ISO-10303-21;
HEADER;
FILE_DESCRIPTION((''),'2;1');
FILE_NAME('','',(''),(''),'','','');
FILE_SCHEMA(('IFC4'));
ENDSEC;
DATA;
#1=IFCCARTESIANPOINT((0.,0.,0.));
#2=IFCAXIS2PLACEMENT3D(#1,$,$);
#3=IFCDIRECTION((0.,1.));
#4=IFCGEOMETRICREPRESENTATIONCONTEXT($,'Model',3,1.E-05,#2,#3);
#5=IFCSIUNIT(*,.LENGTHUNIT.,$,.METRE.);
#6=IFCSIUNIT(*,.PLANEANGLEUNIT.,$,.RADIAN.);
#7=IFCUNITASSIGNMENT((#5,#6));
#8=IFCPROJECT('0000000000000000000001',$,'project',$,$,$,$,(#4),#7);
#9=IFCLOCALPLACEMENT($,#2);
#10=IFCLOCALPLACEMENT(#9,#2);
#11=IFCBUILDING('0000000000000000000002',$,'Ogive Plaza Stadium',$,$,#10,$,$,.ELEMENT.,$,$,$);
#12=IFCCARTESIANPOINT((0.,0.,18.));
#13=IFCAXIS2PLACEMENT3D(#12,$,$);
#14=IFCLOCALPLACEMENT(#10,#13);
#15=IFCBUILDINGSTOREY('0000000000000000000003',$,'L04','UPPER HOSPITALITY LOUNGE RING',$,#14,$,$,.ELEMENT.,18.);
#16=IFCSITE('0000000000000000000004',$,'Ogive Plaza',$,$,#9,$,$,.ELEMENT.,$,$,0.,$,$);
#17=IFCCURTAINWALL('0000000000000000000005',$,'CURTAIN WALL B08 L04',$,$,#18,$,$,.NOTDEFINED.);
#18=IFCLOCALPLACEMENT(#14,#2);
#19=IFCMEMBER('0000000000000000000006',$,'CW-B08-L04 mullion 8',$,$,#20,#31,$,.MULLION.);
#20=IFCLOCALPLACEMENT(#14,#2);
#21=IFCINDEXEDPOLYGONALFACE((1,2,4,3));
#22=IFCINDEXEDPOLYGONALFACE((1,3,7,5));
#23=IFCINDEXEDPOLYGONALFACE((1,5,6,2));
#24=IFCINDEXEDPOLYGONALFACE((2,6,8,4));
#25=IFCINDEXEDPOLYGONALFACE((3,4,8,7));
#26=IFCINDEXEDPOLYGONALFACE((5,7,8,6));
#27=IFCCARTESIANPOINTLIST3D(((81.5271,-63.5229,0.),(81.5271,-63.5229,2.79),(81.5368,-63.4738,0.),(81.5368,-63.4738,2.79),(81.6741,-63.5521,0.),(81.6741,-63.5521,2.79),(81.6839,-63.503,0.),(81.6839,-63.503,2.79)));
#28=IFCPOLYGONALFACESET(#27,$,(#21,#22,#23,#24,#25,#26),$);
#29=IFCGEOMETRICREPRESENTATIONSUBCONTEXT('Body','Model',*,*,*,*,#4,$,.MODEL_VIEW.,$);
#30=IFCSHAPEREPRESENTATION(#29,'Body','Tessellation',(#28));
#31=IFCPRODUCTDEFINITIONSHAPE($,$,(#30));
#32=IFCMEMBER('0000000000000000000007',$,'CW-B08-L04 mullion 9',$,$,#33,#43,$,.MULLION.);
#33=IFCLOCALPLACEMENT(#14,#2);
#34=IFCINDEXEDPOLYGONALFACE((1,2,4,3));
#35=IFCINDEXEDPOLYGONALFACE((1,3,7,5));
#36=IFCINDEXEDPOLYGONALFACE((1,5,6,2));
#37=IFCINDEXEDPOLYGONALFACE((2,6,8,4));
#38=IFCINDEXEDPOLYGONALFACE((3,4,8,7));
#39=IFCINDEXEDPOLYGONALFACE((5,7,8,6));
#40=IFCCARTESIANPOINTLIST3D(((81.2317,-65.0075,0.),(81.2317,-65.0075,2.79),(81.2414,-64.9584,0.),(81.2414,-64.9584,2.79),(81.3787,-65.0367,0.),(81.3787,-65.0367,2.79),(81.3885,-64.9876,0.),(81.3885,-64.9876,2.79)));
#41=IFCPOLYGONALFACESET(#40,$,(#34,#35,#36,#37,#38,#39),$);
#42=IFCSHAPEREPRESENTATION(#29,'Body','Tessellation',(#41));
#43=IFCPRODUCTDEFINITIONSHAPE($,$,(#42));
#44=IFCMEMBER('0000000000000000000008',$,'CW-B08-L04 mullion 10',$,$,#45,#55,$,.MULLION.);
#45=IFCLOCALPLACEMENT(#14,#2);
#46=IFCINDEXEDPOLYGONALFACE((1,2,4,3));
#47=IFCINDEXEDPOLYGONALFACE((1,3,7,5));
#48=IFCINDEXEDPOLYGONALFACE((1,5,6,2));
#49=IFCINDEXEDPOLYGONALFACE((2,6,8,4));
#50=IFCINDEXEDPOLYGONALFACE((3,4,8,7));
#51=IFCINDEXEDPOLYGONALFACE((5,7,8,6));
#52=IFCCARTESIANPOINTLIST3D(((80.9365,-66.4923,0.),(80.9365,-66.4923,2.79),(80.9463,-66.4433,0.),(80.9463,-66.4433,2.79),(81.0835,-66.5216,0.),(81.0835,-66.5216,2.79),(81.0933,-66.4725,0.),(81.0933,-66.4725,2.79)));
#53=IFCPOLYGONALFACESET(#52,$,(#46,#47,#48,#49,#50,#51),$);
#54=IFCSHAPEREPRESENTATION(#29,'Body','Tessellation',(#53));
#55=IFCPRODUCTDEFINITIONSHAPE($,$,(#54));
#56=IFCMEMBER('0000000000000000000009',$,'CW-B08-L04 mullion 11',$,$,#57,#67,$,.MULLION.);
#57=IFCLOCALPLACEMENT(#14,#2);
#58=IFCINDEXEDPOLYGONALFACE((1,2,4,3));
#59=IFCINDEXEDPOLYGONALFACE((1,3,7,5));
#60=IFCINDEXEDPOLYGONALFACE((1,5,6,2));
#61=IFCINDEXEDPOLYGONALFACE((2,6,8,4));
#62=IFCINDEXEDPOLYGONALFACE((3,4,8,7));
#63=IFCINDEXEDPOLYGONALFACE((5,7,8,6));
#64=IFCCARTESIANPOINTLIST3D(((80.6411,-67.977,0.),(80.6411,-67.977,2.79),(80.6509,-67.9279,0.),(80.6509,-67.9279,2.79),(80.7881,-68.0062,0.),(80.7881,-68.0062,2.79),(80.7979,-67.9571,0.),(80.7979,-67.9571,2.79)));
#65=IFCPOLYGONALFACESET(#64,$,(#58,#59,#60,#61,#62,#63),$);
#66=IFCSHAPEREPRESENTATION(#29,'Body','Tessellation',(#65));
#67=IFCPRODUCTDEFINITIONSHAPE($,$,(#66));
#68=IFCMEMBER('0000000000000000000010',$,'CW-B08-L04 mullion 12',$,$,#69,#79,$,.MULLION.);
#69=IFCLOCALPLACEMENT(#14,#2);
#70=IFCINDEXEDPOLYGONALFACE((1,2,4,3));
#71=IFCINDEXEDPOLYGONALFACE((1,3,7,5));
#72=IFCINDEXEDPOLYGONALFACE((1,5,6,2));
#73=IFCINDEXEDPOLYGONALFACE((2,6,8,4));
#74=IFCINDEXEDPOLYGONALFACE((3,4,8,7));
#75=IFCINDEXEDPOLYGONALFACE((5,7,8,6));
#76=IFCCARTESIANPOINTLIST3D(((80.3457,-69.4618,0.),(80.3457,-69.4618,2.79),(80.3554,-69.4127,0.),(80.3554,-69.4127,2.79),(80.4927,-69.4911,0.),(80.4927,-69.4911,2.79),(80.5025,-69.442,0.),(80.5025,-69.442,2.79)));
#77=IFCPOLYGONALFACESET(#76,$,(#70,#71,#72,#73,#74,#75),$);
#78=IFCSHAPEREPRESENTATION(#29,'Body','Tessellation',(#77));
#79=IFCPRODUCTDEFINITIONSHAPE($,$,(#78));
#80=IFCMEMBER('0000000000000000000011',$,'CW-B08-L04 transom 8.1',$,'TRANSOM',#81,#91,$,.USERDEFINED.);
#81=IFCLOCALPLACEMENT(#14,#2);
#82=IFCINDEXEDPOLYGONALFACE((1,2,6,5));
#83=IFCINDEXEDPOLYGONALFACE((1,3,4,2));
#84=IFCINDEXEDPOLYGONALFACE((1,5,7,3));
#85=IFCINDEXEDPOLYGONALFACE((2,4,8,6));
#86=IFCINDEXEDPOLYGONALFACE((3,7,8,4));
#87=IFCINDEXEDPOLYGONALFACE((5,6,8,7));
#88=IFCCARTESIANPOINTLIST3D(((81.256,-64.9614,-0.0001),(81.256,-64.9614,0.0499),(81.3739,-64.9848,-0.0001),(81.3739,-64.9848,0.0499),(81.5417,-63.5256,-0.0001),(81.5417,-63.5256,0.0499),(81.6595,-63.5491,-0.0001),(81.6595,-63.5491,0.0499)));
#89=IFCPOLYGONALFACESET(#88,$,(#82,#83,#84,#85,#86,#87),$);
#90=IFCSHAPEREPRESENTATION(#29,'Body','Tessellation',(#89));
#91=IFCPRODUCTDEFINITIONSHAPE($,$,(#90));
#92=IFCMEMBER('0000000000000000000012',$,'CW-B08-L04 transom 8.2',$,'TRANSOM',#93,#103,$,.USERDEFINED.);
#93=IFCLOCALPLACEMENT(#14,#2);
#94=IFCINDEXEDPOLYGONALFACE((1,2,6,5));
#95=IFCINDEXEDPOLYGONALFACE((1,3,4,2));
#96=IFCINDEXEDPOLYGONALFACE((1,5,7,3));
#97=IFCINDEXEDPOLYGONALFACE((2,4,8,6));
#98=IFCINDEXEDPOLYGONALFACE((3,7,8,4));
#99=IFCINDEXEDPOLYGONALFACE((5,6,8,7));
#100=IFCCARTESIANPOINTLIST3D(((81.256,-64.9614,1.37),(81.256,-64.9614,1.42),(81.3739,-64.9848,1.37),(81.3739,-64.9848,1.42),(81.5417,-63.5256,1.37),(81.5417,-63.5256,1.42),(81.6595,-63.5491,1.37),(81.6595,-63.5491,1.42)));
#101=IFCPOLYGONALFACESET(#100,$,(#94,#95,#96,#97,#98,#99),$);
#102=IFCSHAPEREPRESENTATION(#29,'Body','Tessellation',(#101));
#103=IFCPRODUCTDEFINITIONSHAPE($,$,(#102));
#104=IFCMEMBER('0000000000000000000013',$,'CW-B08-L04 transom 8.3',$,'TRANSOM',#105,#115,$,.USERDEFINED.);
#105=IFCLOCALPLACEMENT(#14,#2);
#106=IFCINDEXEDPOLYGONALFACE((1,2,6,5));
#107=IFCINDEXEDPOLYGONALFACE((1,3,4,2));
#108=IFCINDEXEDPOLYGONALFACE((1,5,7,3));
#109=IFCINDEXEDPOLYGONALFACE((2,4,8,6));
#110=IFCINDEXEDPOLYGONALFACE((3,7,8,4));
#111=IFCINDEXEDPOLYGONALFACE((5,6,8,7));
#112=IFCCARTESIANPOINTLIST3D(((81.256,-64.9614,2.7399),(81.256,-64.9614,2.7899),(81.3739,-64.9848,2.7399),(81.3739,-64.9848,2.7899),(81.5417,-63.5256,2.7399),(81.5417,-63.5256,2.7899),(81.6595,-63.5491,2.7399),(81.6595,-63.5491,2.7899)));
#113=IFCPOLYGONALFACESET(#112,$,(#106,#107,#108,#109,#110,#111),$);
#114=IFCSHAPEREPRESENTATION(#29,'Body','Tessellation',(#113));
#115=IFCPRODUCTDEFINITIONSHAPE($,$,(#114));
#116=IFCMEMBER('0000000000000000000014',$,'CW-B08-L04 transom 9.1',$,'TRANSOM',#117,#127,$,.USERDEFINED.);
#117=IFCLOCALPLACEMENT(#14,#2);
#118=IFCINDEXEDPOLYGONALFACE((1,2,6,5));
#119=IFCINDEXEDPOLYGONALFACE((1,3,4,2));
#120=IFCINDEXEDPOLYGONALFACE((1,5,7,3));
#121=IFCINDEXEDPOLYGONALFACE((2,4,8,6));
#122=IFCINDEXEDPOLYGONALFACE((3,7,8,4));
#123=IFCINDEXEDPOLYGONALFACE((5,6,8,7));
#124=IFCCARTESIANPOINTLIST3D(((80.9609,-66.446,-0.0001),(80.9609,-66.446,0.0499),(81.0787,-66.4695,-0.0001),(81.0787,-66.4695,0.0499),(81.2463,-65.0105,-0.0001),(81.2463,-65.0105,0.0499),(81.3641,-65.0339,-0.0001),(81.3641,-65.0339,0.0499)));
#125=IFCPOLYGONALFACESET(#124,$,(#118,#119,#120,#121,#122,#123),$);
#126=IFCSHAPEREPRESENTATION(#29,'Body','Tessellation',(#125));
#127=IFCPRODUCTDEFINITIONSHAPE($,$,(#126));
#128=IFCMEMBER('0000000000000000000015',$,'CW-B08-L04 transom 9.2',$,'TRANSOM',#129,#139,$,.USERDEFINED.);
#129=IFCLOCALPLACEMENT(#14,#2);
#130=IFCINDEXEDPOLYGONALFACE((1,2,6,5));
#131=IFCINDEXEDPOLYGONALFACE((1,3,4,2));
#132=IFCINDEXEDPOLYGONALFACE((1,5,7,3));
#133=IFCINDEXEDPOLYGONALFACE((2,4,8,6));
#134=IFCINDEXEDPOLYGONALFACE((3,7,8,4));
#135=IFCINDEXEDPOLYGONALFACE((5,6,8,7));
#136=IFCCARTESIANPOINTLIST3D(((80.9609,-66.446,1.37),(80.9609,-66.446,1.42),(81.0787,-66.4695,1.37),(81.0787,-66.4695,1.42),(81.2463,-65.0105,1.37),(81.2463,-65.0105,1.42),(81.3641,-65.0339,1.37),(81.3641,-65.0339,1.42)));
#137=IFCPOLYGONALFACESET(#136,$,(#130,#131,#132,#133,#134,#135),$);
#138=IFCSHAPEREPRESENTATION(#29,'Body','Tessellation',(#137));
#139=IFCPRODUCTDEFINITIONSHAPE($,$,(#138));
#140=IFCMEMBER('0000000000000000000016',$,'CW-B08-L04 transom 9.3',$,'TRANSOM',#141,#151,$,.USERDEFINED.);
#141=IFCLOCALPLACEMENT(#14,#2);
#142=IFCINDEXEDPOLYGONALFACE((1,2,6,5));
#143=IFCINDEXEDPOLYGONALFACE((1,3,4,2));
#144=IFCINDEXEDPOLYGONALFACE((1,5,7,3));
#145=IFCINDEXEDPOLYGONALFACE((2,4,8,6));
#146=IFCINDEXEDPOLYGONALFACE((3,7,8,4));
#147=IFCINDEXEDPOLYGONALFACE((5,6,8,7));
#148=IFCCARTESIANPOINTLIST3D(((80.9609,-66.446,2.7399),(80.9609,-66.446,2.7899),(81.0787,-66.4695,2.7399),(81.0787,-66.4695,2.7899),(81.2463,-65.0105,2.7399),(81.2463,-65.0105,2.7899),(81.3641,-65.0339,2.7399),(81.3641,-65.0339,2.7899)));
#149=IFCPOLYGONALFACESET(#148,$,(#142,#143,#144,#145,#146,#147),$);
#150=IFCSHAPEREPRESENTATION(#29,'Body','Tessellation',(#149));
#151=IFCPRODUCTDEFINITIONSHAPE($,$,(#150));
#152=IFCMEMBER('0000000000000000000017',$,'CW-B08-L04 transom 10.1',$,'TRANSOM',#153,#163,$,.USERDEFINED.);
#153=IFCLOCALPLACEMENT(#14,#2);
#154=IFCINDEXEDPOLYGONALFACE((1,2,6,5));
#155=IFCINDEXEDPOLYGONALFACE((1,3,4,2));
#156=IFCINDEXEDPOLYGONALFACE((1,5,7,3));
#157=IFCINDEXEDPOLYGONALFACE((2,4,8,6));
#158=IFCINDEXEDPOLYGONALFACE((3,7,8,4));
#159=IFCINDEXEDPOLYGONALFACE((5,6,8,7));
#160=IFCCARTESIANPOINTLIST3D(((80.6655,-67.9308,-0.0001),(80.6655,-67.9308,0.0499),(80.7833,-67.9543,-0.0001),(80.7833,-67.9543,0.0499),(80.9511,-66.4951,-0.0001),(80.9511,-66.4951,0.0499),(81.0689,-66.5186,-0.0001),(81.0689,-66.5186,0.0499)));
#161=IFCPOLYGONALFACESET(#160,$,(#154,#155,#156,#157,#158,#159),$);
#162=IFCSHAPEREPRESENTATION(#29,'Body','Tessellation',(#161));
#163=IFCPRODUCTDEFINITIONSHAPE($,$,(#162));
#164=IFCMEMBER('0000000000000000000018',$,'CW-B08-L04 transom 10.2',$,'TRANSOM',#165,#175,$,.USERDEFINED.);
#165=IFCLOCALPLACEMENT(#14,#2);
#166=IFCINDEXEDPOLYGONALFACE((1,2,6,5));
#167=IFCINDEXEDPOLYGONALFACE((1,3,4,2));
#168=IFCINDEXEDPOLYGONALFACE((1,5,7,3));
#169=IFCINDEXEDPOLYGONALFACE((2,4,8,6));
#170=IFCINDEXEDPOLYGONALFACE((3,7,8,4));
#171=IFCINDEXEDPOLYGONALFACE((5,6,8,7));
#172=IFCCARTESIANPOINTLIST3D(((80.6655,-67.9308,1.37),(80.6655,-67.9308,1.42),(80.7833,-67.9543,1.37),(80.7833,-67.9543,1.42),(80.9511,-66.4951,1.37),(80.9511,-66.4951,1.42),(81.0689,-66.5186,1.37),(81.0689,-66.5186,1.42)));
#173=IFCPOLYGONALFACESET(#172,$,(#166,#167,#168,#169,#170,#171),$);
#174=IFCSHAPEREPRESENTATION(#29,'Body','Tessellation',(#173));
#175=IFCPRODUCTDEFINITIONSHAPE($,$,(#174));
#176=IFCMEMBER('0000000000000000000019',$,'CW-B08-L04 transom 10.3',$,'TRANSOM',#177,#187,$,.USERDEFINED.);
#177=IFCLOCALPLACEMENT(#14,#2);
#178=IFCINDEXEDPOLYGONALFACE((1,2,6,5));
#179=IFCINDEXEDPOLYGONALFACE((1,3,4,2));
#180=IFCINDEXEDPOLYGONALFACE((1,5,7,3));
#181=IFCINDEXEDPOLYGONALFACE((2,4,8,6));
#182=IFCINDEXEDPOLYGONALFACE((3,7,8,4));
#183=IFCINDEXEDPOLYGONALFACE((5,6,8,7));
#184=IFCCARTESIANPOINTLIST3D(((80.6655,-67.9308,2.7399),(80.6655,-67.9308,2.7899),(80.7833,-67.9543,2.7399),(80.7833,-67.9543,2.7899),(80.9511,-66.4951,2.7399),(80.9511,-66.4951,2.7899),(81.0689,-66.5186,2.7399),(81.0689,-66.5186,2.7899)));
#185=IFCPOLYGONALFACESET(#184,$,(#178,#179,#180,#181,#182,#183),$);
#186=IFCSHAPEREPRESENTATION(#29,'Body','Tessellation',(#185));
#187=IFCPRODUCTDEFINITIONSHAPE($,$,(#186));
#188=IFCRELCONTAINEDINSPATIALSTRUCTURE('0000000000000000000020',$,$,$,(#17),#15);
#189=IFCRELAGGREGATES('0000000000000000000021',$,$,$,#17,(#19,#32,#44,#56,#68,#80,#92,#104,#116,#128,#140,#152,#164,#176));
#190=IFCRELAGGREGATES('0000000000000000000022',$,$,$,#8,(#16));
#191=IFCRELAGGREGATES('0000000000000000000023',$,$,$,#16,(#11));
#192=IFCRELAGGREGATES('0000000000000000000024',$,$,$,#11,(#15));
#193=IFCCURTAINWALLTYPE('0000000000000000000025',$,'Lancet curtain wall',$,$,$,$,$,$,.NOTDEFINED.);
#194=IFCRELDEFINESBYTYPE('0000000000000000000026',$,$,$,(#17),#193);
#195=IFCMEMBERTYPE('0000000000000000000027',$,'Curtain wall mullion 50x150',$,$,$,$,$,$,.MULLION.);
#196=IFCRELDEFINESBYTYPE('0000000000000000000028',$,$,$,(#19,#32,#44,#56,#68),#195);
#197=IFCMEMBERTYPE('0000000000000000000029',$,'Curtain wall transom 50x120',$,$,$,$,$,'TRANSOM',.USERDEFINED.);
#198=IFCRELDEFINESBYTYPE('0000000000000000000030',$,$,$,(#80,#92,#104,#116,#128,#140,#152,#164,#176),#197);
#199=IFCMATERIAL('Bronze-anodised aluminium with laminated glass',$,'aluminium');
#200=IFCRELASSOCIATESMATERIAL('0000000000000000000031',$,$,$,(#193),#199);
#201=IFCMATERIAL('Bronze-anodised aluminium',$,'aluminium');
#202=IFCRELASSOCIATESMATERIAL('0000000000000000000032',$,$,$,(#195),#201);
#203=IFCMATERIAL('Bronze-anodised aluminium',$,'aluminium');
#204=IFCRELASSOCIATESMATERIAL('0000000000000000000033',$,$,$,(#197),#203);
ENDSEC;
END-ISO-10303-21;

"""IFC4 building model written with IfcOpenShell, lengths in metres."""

from ifc_helpers import new_model, si_unit, direction, frame, origin, origin_2d, place, context, subcontext, project, spatial, rectangle, extrude, material, material_profile, profile_set, type_object, element, aggregate, save


model = new_model("IFC4")

# Units and contexts
model_context = context("Model", 3, precision=1e-05, world=origin(), true_north=direction((0.0, 1.0)))
body_context = subcontext(model_context, "Body", "Model", "MODEL_VIEW")
ifc_project = project(units=[si_unit("LENGTHUNIT", "METRE"), si_unit("PLANEANGLEUNIT", "RADIAN")], contexts=[model_context])

# Site, building, storey
site_placement = place(None, origin())
site = spatial("IfcSite", under=ifc_project, at=site_placement, Name="Ogive Plaza", CompositionType="ELEMENT", RefElevation=0.0)
building_placement = place(site_placement, origin())
building = spatial("IfcBuilding", under=site, at=building_placement, Name="Ogive Plaza Stadium", CompositionType="ELEMENT")
storey_placement = place(building_placement, frame((0.0, 0.0, 18.0)))
storey = spatial("IfcBuildingStorey", under=building, at=storey_placement, Name="L04", Description="UPPER HOSPITALITY LOUNGE RING", CompositionType="ELEMENT", Elevation=18.0)

# Curtain wall, members
ifc_material_1 = material(Name="Bronze-anodised aluminium with laminated glass", Category="aluminium")
curtain_wall_type = type_object("IfcCurtainWallType", Name="Lancet curtain wall", PredefinedType="NOTDEFINED", material=ifc_material_1)
curtain_wall_placement = place(storey_placement, origin())
curtain_wall = element("IfcCurtainWall", 1, at=curtain_wall_placement, inside=storey, type_object=curtain_wall_type, Name="CURTAIN WALL B08 L04", PredefinedType="NOTDEFINED")
ifc_material_2 = material(Name="Bronze-anodised aluminium", Category="aluminium")
ifc_material_profile_1 = material_profile(ifc_material_2, rectangle(XDim=0.1499, YDim=0.05, at=origin_2d()), Name="AL 150x50")
ifc_profile_set_1 = profile_set([ifc_material_profile_1], Name="Bronze-anodised aluminium")
member_type_1 = type_object("IfcMemberType", Name="Curtain wall mullion 50x150", PredefinedType="MULLION", material=ifc_profile_set_1)
member_1_placement = place(storey_placement, frame((81.6055, -63.5129, 0.0), z_axis=(0.0, 0.0, 1.0), x_axis=(0.980785, -0.19509, 0.0)))
member_1 = element("IfcMember", 2, at=member_1_placement, type_object=member_type_1, Name="CW-B08-L04 mullion 8", PredefinedType="MULLION", context=body_context, shape_type="SweptSolid", body=[
    extrude(rectangle(XDim=0.1499, YDim=0.05, at=origin_2d()), origin(), (0.0, 0.0, 1.0), 2.79),
])
member_2_placement = place(storey_placement, frame((81.3101, -64.9976, 0.0), z_axis=(0.0, 0.0, 1.0), x_axis=(0.980785, -0.19509, 0.0)))
member_2 = element("IfcMember", 3, at=member_2_placement, type_object=member_type_1, Name="CW-B08-L04 mullion 9", PredefinedType="MULLION", context=body_context, shape_type="SweptSolid", body=[
    extrude(rectangle(XDim=0.1499, YDim=0.05, at=origin_2d()), origin(), (0.0, 0.0, 1.0), 2.79),
])
member_3_placement = place(storey_placement, frame((81.0149, -66.4824, 0.0), z_axis=(0.0, 0.0, 1.0), x_axis=(0.980785, -0.19509, 0.0)))
member_3 = element("IfcMember", 4, at=member_3_placement, type_object=member_type_1, Name="CW-B08-L04 mullion 10", PredefinedType="MULLION", context=body_context, shape_type="SweptSolid", body=[
    extrude(rectangle(XDim=0.1499, YDim=0.05, at=origin_2d()), origin(), (0.0, 0.0, 1.0), 2.79),
])
member_4_placement = place(storey_placement, frame((80.7195, -67.967, 0.0), z_axis=(0.0, 0.0, 1.0), x_axis=(0.980785, -0.19509, 0.0)))
member_4 = element("IfcMember", 5, at=member_4_placement, type_object=member_type_1, Name="CW-B08-L04 mullion 11", PredefinedType="MULLION", context=body_context, shape_type="SweptSolid", body=[
    extrude(rectangle(XDim=0.1499, YDim=0.05, at=origin_2d()), origin(), (0.0, 0.0, 1.0), 2.79),
])
member_5_placement = place(storey_placement, frame((80.4241, -69.4519, 0.0), z_axis=(0.0, 0.0, 1.0), x_axis=(0.980785, -0.19509, 0.0)))
member_5 = element("IfcMember", 6, at=member_5_placement, type_object=member_type_1, Name="CW-B08-L04 mullion 12", PredefinedType="MULLION", context=body_context, shape_type="SweptSolid", body=[
    extrude(rectangle(XDim=0.1499, YDim=0.05, at=origin_2d()), origin(), (0.0, 0.0, 1.0), 2.79),
])
ifc_material_3 = material(Name="Bronze-anodised aluminium", Category="aluminium")
ifc_material_profile_2 = material_profile(ifc_material_3, rectangle(XDim=0.1201, YDim=0.05, at=origin_2d()), Name="AL 120x50")
ifc_profile_set_2 = profile_set([ifc_material_profile_2], Name="Bronze-anodised aluminium")
member_type_2 = type_object("IfcMemberType", Name="Curtain wall transom 50x120", ElementType="TRANSOM", PredefinedType="USERDEFINED", material=ifc_profile_set_2)
member_6_placement = place(storey_placement, frame((81.6006, -63.5374, 0.0249), z_axis=(-0.195122, -0.980779, 0.0), x_axis=(0.980779, -0.195122, 0.0)))
member_6 = element("IfcMember", 7, at=member_6_placement, type_object=member_type_2, Name="CW-B08-L04 transom 8.1", ObjectType="TRANSOM", PredefinedType="USERDEFINED", context=body_context, shape_type="SweptSolid", body=[
    extrude(rectangle(XDim=0.1201, YDim=0.05, at=origin_2d()), origin(), (0.0, 0.0, 1.0), 1.4639),
])
member_7_placement = place(storey_placement, frame((81.6006, -63.5374, 1.395), z_axis=(-0.195122, -0.980779, 0.0), x_axis=(0.980779, -0.195122, 0.0)))
member_7 = element("IfcMember", 8, at=member_7_placement, type_object=member_type_2, Name="CW-B08-L04 transom 8.2", ObjectType="TRANSOM", PredefinedType="USERDEFINED", context=body_context, shape_type="SweptSolid", body=[
    extrude(rectangle(XDim=0.1201, YDim=0.05, at=origin_2d()), origin(), (0.0, 0.0, 1.0), 1.4639),
])
member_8_placement = place(storey_placement, frame((81.6006, -63.5374, 2.7649), z_axis=(-0.195122, -0.980779, 0.0), x_axis=(0.980779, -0.195122, 0.0)))
member_8 = element("IfcMember", 9, at=member_8_placement, type_object=member_type_2, Name="CW-B08-L04 transom 8.3", ObjectType="TRANSOM", PredefinedType="USERDEFINED", context=body_context, shape_type="SweptSolid", body=[
    extrude(rectangle(XDim=0.1201, YDim=0.05, at=origin_2d()), origin(), (0.0, 0.0, 1.0), 1.4639),
])
member_9_placement = place(storey_placement, frame((81.3052, -65.0222, 0.0249), z_axis=(-0.194993, -0.980805, 0.0), x_axis=(0.980805, -0.194993, 0.0)))
member_9 = element("IfcMember", 10, at=member_9_placement, type_object=member_type_2, Name="CW-B08-L04 transom 9.1", ObjectType="TRANSOM", PredefinedType="USERDEFINED", context=body_context, shape_type="SweptSolid", body=[
    extrude(rectangle(XDim=0.1201, YDim=0.05, at=origin_2d()), origin(), (0.0, 0.0, 1.0), 1.4636),
])
member_10_placement = place(storey_placement, frame((81.3052, -65.0222, 1.395), z_axis=(-0.194993, -0.980805, 0.0), x_axis=(0.980805, -0.194993, 0.0)))
member_10 = element("IfcMember", 11, at=member_10_placement, type_object=member_type_2, Name="CW-B08-L04 transom 9.2", ObjectType="TRANSOM", PredefinedType="USERDEFINED", context=body_context, shape_type="SweptSolid", body=[
    extrude(rectangle(XDim=0.1201, YDim=0.05, at=origin_2d()), origin(), (0.0, 0.0, 1.0), 1.4636),
])
member_11_placement = place(storey_placement, frame((81.3052, -65.0222, 2.7649), z_axis=(-0.194993, -0.980805, 0.0), x_axis=(0.980805, -0.194993, 0.0)))
member_11 = element("IfcMember", 12, at=member_11_placement, type_object=member_type_2, Name="CW-B08-L04 transom 9.3", ObjectType="TRANSOM", PredefinedType="USERDEFINED", context=body_context, shape_type="SweptSolid", body=[
    extrude(rectangle(XDim=0.1201, YDim=0.05, at=origin_2d()), origin(), (0.0, 0.0, 1.0), 1.4636),
])
member_12_placement = place(storey_placement, frame((81.01, -66.5068, 0.0249), z_axis=(-0.195122, -0.980779, 0.0), x_axis=(0.980779, -0.195122, 0.0)))
member_12 = element("IfcMember", 13, at=member_12_placement, type_object=member_type_2, Name="CW-B08-L04 transom 10.1", ObjectType="TRANSOM", PredefinedType="USERDEFINED", context=body_context, shape_type="SweptSolid", body=[
    extrude(rectangle(XDim=0.1201, YDim=0.05, at=origin_2d()), origin(), (0.0, 0.0, 1.0), 1.4639),
])
member_13_placement = place(storey_placement, frame((81.01, -66.5068, 1.395), z_axis=(-0.195122, -0.980779, 0.0), x_axis=(0.980779, -0.195122, 0.0)))
member_13 = element("IfcMember", 14, at=member_13_placement, type_object=member_type_2, Name="CW-B08-L04 transom 10.2", ObjectType="TRANSOM", PredefinedType="USERDEFINED", context=body_context, shape_type="SweptSolid", body=[
    extrude(rectangle(XDim=0.1201, YDim=0.05, at=origin_2d()), origin(), (0.0, 0.0, 1.0), 1.4639),
])
member_14_placement = place(storey_placement, frame((81.01, -66.5068, 2.7649), z_axis=(-0.195122, -0.980779, 0.0), x_axis=(0.980779, -0.195122, 0.0)))
member_14 = element("IfcMember", 15, at=member_14_placement, type_object=member_type_2, Name="CW-B08-L04 transom 10.3", ObjectType="TRANSOM", PredefinedType="USERDEFINED", context=body_context, shape_type="SweptSolid", body=[
    extrude(rectangle(XDim=0.1201, YDim=0.05, at=origin_2d()), origin(), (0.0, 0.0, 1.0), 1.4639),
])
aggregate(curtain_wall, [member_1, member_2, member_3, member_4, member_5, member_6, member_7, member_8, member_9, member_10, member_11, member_12, member_13, member_14])

save(model, "model.ifc")
